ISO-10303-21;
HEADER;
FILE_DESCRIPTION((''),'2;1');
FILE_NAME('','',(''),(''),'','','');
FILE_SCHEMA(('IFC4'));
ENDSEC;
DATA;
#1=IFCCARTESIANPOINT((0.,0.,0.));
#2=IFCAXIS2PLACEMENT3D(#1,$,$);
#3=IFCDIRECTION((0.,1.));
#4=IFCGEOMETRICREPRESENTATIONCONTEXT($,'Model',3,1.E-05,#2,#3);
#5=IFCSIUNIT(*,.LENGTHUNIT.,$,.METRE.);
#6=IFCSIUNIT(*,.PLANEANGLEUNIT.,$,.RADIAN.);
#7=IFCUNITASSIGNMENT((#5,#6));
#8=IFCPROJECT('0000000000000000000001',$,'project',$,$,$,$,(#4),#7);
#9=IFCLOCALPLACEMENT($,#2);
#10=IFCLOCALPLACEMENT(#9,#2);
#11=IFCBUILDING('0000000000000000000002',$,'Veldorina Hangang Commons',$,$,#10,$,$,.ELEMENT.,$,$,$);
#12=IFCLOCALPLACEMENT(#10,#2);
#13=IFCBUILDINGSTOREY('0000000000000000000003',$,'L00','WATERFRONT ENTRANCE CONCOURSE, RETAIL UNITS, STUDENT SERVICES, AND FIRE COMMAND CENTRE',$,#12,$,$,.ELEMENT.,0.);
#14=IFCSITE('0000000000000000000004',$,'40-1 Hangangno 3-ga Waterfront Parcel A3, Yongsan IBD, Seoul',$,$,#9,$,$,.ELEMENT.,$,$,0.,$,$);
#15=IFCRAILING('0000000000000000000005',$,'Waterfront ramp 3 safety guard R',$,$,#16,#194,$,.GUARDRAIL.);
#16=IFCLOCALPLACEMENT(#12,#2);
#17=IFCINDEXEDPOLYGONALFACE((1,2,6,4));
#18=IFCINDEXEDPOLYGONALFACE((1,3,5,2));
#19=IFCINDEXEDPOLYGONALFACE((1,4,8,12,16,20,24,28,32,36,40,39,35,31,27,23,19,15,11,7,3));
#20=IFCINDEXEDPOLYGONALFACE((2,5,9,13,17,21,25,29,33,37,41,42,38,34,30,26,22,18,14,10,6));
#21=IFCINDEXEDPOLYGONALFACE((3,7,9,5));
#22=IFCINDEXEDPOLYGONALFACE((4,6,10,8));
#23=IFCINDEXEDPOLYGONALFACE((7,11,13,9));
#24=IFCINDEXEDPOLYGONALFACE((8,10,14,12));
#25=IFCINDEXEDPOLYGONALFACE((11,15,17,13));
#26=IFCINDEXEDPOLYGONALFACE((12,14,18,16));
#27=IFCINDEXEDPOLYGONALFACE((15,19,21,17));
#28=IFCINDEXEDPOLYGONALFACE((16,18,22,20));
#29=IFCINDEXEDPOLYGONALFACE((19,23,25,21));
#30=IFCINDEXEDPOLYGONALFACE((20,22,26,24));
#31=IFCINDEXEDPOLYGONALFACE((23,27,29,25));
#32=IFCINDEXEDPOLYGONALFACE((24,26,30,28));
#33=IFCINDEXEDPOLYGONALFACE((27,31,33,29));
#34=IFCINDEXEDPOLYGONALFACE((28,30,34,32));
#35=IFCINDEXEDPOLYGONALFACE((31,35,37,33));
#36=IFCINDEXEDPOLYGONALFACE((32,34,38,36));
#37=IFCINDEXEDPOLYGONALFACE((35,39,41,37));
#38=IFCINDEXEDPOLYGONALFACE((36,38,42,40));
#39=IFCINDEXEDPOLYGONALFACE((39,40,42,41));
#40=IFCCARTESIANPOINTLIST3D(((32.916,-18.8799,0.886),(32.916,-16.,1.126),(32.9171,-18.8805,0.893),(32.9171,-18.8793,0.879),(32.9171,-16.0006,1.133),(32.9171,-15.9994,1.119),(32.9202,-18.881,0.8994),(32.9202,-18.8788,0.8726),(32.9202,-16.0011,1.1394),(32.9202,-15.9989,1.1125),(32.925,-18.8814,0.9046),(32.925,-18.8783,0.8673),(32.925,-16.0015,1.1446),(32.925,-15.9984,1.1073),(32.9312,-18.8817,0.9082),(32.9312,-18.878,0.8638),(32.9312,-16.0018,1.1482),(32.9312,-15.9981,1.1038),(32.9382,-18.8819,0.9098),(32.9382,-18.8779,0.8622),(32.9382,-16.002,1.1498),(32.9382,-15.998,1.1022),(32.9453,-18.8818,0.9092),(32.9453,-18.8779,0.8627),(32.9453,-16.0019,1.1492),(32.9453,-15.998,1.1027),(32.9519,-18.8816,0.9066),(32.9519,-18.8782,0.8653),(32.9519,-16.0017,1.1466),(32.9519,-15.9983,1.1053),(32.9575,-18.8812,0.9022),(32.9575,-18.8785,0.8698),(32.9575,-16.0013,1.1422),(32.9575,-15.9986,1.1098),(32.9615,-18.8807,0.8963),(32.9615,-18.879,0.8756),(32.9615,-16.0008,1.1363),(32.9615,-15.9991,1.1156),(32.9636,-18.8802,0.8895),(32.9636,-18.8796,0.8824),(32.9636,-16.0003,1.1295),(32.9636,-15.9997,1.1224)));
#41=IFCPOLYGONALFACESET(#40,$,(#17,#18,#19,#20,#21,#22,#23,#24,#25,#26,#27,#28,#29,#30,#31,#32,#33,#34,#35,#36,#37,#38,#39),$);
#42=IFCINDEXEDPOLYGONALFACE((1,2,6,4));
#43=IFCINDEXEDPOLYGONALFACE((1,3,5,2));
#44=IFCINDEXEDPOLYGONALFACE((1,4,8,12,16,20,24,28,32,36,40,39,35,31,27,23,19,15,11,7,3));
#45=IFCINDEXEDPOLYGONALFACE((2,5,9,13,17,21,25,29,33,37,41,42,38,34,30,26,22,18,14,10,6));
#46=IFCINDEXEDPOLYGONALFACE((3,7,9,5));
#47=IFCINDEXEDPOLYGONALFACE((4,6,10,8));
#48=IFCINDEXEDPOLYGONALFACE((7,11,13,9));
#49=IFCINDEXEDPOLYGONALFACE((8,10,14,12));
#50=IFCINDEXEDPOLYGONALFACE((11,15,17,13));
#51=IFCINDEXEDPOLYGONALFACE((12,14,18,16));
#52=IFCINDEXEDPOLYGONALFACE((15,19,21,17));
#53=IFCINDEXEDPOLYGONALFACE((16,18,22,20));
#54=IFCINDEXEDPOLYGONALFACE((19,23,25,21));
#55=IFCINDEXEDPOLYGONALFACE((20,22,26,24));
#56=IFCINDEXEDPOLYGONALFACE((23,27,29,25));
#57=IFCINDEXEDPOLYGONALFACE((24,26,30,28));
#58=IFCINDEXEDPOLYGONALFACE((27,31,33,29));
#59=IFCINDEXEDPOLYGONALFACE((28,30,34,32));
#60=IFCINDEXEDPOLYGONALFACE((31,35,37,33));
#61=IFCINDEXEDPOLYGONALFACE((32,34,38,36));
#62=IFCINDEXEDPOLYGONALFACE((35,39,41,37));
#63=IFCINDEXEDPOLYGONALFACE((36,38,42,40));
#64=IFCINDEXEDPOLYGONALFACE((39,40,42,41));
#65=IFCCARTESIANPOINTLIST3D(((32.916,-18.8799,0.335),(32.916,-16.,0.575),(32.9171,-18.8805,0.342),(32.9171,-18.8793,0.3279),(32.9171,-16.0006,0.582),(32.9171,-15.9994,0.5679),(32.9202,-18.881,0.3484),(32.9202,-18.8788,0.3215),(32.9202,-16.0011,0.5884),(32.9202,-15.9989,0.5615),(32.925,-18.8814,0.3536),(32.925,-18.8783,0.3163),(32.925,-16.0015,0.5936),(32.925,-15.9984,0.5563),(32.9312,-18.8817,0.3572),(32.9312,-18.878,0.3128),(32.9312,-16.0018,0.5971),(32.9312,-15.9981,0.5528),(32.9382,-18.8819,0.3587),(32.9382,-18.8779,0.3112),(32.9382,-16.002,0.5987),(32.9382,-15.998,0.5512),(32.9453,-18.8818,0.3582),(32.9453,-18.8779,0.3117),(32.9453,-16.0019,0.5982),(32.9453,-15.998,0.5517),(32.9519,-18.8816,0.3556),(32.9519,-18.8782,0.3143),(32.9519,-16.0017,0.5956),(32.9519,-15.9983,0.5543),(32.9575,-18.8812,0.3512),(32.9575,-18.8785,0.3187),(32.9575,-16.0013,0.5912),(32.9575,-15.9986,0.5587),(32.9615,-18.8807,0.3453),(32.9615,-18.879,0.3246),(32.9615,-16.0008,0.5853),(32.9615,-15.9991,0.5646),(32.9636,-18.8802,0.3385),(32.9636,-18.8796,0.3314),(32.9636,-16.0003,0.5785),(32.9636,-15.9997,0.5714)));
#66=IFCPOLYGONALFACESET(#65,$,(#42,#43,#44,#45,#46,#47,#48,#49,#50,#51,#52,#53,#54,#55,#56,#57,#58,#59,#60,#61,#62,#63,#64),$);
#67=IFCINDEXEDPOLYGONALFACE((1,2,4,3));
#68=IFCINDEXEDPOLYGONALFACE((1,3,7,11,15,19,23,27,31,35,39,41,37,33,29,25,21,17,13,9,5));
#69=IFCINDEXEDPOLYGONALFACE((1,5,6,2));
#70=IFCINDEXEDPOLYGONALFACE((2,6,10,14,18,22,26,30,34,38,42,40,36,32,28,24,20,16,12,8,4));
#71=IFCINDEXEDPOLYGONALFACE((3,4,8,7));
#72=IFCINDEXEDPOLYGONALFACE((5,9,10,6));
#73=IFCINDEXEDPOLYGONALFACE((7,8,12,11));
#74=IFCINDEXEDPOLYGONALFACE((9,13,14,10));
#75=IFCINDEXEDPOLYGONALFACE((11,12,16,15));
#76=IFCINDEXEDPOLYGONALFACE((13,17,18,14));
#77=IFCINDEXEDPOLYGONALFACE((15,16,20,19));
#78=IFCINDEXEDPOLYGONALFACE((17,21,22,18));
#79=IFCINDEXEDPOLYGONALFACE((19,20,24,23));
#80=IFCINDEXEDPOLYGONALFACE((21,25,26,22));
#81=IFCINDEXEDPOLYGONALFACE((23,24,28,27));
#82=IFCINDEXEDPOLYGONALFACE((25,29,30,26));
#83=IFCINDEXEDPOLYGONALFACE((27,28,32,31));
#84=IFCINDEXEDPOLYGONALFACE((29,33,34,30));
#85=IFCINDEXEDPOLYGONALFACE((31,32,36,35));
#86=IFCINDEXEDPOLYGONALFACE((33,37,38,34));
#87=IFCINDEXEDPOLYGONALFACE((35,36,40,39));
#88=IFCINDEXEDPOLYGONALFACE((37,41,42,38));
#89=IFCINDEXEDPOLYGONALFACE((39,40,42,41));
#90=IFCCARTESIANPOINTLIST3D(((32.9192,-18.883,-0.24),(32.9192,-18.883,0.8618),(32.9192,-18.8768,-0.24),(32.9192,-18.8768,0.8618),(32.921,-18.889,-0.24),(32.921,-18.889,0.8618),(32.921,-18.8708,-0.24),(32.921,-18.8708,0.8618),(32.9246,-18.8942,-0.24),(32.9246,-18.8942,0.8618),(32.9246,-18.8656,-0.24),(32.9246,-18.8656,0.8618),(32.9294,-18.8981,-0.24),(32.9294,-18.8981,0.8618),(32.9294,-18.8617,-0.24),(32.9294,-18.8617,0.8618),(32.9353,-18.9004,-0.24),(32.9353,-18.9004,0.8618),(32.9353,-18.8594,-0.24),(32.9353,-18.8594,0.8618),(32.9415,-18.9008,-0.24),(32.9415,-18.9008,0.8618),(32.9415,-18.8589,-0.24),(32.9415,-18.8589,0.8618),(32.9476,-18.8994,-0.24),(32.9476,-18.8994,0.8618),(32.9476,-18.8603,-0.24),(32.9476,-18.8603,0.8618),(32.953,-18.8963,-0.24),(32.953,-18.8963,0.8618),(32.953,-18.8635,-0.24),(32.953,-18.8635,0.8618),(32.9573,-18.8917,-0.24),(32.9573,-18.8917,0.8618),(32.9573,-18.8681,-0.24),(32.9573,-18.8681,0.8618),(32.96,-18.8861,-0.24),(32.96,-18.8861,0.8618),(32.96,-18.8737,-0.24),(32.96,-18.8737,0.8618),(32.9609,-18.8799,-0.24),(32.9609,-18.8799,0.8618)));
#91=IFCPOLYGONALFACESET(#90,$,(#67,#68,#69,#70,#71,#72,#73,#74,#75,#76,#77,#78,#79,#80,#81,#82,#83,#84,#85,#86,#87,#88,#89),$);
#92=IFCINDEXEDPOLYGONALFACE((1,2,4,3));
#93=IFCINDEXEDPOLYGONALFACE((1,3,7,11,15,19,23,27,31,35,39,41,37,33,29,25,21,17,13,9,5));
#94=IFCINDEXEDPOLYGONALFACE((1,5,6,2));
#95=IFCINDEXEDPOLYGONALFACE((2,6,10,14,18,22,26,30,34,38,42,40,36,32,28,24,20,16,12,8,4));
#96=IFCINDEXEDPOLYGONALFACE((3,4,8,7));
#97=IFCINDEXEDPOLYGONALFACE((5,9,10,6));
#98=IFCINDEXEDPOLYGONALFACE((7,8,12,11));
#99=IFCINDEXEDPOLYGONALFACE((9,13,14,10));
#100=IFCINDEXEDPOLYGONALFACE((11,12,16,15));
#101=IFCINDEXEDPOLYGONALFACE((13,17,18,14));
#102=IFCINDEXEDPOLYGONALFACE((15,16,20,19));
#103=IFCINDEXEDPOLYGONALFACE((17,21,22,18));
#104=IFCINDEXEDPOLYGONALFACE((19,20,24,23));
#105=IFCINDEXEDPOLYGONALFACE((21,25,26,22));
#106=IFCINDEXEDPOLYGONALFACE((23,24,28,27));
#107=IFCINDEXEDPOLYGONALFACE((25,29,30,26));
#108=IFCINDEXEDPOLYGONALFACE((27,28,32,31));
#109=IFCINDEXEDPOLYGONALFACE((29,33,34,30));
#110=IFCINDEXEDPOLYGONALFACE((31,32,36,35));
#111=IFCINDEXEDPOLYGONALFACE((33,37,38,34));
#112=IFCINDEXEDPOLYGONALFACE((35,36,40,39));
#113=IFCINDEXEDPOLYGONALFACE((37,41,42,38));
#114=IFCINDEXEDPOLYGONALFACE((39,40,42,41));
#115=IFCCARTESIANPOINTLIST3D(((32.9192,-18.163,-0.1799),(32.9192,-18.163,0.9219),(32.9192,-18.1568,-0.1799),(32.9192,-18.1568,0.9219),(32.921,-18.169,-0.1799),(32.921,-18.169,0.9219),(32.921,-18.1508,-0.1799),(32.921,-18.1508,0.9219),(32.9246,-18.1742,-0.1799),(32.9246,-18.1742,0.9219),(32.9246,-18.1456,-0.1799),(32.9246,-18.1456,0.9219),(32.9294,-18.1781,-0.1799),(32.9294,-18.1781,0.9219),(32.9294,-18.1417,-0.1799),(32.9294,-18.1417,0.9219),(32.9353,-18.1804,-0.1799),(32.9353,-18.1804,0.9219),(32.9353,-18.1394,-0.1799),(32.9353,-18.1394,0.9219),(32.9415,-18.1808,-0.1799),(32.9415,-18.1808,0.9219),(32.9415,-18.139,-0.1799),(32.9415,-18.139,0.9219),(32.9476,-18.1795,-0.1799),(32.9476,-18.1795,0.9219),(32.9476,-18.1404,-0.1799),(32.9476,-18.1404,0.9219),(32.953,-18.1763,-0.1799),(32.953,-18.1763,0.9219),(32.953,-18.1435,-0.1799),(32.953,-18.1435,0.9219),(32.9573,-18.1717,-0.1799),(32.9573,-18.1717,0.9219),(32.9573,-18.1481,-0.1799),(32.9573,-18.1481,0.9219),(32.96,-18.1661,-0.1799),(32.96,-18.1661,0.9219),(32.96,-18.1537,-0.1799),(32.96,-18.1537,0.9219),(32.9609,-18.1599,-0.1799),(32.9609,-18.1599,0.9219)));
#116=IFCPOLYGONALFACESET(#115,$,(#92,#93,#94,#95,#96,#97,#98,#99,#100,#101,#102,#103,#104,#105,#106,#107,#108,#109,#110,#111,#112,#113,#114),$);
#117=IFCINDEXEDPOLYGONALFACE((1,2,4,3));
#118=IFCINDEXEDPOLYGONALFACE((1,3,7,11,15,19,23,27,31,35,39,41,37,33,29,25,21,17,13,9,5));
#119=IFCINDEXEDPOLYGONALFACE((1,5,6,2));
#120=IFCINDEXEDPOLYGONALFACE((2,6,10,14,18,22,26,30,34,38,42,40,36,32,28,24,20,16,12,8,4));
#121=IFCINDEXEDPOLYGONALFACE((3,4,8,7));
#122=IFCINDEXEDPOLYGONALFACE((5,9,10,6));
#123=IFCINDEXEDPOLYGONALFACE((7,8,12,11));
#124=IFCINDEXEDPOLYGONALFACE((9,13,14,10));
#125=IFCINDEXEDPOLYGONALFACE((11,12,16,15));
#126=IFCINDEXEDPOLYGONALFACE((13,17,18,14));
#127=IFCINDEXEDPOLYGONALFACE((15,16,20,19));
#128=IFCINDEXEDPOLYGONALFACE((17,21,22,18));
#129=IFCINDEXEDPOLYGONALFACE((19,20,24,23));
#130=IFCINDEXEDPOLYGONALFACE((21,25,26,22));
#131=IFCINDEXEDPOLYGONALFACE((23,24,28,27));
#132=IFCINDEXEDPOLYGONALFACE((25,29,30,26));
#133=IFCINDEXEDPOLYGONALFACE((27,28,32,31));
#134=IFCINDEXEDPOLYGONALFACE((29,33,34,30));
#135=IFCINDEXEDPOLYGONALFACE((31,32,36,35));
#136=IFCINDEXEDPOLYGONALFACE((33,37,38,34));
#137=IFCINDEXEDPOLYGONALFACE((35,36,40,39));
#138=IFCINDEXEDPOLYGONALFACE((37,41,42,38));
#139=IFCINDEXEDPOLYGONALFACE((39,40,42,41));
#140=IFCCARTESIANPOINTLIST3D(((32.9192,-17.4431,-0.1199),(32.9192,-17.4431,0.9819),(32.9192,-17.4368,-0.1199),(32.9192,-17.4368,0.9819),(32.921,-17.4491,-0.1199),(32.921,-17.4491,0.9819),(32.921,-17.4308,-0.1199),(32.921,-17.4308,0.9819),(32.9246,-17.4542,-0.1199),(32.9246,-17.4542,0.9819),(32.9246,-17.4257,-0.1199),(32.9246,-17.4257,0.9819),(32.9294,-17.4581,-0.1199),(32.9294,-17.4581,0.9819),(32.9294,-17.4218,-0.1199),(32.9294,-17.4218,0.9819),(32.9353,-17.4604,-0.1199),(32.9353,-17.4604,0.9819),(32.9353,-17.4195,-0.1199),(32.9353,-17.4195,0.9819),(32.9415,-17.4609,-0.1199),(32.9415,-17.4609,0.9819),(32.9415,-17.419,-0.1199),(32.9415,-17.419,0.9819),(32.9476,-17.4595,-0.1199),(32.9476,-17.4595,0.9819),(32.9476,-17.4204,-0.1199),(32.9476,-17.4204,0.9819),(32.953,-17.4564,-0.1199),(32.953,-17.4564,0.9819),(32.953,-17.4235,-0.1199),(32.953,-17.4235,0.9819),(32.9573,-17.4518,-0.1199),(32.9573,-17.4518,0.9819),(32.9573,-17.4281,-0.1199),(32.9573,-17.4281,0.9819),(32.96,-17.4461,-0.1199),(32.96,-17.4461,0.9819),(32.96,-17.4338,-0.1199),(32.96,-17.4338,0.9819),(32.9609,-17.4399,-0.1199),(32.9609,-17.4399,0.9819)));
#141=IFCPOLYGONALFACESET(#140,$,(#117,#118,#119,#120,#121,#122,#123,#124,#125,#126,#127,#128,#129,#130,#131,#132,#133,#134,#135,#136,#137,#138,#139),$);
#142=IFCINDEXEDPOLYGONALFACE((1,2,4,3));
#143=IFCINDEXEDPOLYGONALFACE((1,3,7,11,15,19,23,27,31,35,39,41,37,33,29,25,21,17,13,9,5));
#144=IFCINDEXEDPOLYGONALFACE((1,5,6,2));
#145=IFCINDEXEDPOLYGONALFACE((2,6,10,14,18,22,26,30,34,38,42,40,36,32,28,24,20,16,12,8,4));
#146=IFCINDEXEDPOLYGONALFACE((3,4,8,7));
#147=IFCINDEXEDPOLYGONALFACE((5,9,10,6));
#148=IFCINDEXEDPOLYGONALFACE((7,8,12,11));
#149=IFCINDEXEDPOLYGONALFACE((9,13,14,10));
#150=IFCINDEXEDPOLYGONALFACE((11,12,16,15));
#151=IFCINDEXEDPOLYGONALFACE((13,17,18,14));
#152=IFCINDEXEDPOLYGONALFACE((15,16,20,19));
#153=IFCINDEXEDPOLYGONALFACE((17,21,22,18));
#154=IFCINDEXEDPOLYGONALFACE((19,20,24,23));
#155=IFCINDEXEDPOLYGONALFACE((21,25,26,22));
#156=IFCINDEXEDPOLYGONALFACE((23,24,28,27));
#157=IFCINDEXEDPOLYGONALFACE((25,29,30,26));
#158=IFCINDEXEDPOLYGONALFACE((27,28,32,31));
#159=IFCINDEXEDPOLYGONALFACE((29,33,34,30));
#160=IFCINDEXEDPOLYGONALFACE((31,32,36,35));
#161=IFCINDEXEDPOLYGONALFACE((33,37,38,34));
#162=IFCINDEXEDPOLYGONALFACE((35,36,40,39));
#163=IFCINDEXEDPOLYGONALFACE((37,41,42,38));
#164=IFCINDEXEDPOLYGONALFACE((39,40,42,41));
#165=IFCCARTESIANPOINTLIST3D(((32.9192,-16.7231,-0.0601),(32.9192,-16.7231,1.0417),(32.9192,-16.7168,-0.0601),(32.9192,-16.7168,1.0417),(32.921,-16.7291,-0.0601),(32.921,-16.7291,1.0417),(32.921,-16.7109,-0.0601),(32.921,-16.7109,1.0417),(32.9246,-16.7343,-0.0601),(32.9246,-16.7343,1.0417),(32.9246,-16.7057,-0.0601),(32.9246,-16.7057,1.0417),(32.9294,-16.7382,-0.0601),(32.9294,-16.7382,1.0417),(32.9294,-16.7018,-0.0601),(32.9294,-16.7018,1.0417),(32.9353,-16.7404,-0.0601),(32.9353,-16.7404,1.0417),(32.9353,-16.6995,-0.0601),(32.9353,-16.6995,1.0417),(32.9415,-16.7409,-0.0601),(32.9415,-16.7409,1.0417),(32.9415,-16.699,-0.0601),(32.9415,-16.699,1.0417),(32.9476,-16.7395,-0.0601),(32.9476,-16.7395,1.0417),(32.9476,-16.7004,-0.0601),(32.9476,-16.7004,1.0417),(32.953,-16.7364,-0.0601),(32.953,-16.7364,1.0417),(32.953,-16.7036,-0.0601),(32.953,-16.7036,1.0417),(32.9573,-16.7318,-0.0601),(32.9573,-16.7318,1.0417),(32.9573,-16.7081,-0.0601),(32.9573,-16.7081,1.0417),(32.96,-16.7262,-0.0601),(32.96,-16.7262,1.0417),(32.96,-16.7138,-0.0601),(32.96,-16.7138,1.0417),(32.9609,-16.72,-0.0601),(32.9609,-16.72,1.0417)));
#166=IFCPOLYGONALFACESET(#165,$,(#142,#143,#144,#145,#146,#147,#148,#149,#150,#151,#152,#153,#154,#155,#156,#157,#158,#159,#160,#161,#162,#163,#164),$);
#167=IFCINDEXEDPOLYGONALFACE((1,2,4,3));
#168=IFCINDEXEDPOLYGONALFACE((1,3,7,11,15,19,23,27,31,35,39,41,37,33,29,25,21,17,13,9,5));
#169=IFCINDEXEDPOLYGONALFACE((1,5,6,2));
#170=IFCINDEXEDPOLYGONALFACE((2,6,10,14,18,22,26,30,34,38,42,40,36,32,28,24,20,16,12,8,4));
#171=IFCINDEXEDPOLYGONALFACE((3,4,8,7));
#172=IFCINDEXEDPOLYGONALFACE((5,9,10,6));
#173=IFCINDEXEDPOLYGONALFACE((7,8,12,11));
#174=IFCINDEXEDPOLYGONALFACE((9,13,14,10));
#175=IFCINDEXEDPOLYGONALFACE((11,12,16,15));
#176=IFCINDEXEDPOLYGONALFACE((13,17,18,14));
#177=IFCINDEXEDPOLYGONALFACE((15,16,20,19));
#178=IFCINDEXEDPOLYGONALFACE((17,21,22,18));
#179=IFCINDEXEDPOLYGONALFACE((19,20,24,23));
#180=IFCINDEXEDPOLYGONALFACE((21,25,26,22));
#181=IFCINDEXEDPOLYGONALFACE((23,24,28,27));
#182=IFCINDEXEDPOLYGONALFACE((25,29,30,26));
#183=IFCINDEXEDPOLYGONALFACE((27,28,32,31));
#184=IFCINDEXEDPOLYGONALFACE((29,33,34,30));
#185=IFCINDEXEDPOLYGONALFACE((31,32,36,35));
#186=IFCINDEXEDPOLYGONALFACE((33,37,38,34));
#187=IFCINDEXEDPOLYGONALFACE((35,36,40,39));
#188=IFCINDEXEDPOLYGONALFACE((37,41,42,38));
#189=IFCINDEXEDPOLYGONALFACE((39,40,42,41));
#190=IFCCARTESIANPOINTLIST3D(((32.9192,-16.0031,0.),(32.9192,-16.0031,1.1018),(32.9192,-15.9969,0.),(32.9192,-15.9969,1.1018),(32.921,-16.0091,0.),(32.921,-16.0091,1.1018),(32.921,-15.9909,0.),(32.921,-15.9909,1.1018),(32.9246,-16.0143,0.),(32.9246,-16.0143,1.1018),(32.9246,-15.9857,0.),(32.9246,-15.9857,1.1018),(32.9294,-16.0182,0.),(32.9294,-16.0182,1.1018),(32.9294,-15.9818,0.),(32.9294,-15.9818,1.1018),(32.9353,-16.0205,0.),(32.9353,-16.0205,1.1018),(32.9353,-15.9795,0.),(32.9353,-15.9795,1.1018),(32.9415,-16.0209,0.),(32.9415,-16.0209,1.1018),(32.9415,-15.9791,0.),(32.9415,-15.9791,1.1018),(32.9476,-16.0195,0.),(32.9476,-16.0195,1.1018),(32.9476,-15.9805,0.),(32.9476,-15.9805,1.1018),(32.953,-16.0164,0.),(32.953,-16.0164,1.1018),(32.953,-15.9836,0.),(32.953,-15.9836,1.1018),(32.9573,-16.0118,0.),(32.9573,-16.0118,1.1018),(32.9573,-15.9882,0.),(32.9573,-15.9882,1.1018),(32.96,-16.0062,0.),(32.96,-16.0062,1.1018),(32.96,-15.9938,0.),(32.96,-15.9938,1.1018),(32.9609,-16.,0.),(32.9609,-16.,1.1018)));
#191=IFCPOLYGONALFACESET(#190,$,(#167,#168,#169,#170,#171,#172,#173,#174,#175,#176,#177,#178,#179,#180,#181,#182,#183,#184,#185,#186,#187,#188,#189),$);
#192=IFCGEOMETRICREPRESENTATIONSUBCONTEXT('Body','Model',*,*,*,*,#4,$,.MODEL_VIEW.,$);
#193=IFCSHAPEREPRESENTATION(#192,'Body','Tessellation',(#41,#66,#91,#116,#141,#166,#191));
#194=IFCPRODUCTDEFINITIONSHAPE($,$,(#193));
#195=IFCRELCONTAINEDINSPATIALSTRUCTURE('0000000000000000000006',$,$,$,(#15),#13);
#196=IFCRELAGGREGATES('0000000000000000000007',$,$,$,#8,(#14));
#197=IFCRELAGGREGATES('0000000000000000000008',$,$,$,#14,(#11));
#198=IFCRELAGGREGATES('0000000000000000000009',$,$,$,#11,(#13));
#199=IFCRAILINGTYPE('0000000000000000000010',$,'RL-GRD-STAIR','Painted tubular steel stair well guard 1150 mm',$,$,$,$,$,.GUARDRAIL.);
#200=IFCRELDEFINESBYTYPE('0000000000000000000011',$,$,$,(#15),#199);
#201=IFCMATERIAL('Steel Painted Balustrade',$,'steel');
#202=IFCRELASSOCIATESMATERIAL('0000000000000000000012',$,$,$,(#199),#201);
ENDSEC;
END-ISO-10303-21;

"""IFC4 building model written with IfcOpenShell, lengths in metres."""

from ifc_helpers import new_model, si_unit, direction, frame, origin, origin_2d, place, context, subcontext, project, spatial, circle, extrude, material, type_object, element, save


model = new_model("IFC4")

# Units and contexts
model_context = context("Model", 3, precision=1e-05, world=origin(), true_north=direction((0.0, 1.0)))
body_context = subcontext(model_context, "Body", "Model", "MODEL_VIEW")
ifc_project = project(units=[si_unit("LENGTHUNIT", "METRE"), si_unit("PLANEANGLEUNIT", "RADIAN")], contexts=[model_context])

# Site, building, storey
site_placement = place(None, origin())
site = spatial("IfcSite", under=ifc_project, at=site_placement, Name="40-1 Hangangno 3-ga Waterfront Parcel A3, Yongsan IBD, Seoul", CompositionType="ELEMENT", RefElevation=0.0)
building_placement = place(site_placement, origin())
building = spatial("IfcBuilding", under=site, at=building_placement, Name="Veldorina Hangang Commons", CompositionType="ELEMENT")
storey_placement = place(building_placement, origin())
storey = spatial("IfcBuildingStorey", under=building, at=storey_placement, Name="L00", Description="WATERFRONT ENTRANCE CONCOURSE, RETAIL UNITS, STUDENT SERVICES, AND FIRE COMMAND CENTRE", CompositionType="ELEMENT", Elevation=0.0)

# Railing
ifc_material_1 = material(Name="Steel Painted Balustrade", Category="steel")
railing_type_1 = type_object("IfcRailingType", Name="RL-GRD-STAIR", Description="Painted tubular steel stair well guard 1150 mm", PredefinedType="GUARDRAIL", material=ifc_material_1)
for number, where, name in (
    (1, (32.9399, -18.8799, -0.24), "Waterfront ramp 3 safety guard R"),
):
    element("IfcRailing", number, at=place(storey_placement, frame(where)), inside=storey, type_object=railing_type_1, Name=name, PredefinedType="GUARDRAIL", context=body_context, shape_type="SweptSolid", body=[
        extrude(circle(Radius=0.0239, at=origin_2d()), frame((0.0, 0.0, 1.126), z_axis=(0.0, 0.996546, 0.083045), x_axis=(-1.0, 0.0, 0.0)), (0.0, 0.0, 1.0), 2.8899),
        extrude(circle(Radius=0.0239, at=origin_2d()), frame((0.0, 0.0, 0.575), z_axis=(0.0, 0.996546, 0.083045), x_axis=(-1.0, 0.0, 0.0)), (0.0, 0.0, 1.0), 2.8899),
        extrude(circle(Radius=0.021, at=origin_2d()), origin(), (0.0, 0.0, 1.0), 1.1018),
        extrude(circle(Radius=0.021, at=origin_2d()), frame((0.0, 0.72, 0.0601)), (0.0, 0.0, 1.0), 1.1018),
        extrude(circle(Radius=0.021, at=origin_2d()), frame((0.0, 1.4399, 0.1201)), (0.0, 0.0, 1.0), 1.1018),
        extrude(circle(Radius=0.021, at=origin_2d()), frame((0.0, 2.1599, 0.1799)), (0.0, 0.0, 1.0), 1.1018),
        extrude(circle(Radius=0.021, at=origin_2d()), frame((0.0, 2.8799, 0.24)), (0.0, 0.0, 1.0), 1.1018),
    ])

save(model, "model.ifc")
